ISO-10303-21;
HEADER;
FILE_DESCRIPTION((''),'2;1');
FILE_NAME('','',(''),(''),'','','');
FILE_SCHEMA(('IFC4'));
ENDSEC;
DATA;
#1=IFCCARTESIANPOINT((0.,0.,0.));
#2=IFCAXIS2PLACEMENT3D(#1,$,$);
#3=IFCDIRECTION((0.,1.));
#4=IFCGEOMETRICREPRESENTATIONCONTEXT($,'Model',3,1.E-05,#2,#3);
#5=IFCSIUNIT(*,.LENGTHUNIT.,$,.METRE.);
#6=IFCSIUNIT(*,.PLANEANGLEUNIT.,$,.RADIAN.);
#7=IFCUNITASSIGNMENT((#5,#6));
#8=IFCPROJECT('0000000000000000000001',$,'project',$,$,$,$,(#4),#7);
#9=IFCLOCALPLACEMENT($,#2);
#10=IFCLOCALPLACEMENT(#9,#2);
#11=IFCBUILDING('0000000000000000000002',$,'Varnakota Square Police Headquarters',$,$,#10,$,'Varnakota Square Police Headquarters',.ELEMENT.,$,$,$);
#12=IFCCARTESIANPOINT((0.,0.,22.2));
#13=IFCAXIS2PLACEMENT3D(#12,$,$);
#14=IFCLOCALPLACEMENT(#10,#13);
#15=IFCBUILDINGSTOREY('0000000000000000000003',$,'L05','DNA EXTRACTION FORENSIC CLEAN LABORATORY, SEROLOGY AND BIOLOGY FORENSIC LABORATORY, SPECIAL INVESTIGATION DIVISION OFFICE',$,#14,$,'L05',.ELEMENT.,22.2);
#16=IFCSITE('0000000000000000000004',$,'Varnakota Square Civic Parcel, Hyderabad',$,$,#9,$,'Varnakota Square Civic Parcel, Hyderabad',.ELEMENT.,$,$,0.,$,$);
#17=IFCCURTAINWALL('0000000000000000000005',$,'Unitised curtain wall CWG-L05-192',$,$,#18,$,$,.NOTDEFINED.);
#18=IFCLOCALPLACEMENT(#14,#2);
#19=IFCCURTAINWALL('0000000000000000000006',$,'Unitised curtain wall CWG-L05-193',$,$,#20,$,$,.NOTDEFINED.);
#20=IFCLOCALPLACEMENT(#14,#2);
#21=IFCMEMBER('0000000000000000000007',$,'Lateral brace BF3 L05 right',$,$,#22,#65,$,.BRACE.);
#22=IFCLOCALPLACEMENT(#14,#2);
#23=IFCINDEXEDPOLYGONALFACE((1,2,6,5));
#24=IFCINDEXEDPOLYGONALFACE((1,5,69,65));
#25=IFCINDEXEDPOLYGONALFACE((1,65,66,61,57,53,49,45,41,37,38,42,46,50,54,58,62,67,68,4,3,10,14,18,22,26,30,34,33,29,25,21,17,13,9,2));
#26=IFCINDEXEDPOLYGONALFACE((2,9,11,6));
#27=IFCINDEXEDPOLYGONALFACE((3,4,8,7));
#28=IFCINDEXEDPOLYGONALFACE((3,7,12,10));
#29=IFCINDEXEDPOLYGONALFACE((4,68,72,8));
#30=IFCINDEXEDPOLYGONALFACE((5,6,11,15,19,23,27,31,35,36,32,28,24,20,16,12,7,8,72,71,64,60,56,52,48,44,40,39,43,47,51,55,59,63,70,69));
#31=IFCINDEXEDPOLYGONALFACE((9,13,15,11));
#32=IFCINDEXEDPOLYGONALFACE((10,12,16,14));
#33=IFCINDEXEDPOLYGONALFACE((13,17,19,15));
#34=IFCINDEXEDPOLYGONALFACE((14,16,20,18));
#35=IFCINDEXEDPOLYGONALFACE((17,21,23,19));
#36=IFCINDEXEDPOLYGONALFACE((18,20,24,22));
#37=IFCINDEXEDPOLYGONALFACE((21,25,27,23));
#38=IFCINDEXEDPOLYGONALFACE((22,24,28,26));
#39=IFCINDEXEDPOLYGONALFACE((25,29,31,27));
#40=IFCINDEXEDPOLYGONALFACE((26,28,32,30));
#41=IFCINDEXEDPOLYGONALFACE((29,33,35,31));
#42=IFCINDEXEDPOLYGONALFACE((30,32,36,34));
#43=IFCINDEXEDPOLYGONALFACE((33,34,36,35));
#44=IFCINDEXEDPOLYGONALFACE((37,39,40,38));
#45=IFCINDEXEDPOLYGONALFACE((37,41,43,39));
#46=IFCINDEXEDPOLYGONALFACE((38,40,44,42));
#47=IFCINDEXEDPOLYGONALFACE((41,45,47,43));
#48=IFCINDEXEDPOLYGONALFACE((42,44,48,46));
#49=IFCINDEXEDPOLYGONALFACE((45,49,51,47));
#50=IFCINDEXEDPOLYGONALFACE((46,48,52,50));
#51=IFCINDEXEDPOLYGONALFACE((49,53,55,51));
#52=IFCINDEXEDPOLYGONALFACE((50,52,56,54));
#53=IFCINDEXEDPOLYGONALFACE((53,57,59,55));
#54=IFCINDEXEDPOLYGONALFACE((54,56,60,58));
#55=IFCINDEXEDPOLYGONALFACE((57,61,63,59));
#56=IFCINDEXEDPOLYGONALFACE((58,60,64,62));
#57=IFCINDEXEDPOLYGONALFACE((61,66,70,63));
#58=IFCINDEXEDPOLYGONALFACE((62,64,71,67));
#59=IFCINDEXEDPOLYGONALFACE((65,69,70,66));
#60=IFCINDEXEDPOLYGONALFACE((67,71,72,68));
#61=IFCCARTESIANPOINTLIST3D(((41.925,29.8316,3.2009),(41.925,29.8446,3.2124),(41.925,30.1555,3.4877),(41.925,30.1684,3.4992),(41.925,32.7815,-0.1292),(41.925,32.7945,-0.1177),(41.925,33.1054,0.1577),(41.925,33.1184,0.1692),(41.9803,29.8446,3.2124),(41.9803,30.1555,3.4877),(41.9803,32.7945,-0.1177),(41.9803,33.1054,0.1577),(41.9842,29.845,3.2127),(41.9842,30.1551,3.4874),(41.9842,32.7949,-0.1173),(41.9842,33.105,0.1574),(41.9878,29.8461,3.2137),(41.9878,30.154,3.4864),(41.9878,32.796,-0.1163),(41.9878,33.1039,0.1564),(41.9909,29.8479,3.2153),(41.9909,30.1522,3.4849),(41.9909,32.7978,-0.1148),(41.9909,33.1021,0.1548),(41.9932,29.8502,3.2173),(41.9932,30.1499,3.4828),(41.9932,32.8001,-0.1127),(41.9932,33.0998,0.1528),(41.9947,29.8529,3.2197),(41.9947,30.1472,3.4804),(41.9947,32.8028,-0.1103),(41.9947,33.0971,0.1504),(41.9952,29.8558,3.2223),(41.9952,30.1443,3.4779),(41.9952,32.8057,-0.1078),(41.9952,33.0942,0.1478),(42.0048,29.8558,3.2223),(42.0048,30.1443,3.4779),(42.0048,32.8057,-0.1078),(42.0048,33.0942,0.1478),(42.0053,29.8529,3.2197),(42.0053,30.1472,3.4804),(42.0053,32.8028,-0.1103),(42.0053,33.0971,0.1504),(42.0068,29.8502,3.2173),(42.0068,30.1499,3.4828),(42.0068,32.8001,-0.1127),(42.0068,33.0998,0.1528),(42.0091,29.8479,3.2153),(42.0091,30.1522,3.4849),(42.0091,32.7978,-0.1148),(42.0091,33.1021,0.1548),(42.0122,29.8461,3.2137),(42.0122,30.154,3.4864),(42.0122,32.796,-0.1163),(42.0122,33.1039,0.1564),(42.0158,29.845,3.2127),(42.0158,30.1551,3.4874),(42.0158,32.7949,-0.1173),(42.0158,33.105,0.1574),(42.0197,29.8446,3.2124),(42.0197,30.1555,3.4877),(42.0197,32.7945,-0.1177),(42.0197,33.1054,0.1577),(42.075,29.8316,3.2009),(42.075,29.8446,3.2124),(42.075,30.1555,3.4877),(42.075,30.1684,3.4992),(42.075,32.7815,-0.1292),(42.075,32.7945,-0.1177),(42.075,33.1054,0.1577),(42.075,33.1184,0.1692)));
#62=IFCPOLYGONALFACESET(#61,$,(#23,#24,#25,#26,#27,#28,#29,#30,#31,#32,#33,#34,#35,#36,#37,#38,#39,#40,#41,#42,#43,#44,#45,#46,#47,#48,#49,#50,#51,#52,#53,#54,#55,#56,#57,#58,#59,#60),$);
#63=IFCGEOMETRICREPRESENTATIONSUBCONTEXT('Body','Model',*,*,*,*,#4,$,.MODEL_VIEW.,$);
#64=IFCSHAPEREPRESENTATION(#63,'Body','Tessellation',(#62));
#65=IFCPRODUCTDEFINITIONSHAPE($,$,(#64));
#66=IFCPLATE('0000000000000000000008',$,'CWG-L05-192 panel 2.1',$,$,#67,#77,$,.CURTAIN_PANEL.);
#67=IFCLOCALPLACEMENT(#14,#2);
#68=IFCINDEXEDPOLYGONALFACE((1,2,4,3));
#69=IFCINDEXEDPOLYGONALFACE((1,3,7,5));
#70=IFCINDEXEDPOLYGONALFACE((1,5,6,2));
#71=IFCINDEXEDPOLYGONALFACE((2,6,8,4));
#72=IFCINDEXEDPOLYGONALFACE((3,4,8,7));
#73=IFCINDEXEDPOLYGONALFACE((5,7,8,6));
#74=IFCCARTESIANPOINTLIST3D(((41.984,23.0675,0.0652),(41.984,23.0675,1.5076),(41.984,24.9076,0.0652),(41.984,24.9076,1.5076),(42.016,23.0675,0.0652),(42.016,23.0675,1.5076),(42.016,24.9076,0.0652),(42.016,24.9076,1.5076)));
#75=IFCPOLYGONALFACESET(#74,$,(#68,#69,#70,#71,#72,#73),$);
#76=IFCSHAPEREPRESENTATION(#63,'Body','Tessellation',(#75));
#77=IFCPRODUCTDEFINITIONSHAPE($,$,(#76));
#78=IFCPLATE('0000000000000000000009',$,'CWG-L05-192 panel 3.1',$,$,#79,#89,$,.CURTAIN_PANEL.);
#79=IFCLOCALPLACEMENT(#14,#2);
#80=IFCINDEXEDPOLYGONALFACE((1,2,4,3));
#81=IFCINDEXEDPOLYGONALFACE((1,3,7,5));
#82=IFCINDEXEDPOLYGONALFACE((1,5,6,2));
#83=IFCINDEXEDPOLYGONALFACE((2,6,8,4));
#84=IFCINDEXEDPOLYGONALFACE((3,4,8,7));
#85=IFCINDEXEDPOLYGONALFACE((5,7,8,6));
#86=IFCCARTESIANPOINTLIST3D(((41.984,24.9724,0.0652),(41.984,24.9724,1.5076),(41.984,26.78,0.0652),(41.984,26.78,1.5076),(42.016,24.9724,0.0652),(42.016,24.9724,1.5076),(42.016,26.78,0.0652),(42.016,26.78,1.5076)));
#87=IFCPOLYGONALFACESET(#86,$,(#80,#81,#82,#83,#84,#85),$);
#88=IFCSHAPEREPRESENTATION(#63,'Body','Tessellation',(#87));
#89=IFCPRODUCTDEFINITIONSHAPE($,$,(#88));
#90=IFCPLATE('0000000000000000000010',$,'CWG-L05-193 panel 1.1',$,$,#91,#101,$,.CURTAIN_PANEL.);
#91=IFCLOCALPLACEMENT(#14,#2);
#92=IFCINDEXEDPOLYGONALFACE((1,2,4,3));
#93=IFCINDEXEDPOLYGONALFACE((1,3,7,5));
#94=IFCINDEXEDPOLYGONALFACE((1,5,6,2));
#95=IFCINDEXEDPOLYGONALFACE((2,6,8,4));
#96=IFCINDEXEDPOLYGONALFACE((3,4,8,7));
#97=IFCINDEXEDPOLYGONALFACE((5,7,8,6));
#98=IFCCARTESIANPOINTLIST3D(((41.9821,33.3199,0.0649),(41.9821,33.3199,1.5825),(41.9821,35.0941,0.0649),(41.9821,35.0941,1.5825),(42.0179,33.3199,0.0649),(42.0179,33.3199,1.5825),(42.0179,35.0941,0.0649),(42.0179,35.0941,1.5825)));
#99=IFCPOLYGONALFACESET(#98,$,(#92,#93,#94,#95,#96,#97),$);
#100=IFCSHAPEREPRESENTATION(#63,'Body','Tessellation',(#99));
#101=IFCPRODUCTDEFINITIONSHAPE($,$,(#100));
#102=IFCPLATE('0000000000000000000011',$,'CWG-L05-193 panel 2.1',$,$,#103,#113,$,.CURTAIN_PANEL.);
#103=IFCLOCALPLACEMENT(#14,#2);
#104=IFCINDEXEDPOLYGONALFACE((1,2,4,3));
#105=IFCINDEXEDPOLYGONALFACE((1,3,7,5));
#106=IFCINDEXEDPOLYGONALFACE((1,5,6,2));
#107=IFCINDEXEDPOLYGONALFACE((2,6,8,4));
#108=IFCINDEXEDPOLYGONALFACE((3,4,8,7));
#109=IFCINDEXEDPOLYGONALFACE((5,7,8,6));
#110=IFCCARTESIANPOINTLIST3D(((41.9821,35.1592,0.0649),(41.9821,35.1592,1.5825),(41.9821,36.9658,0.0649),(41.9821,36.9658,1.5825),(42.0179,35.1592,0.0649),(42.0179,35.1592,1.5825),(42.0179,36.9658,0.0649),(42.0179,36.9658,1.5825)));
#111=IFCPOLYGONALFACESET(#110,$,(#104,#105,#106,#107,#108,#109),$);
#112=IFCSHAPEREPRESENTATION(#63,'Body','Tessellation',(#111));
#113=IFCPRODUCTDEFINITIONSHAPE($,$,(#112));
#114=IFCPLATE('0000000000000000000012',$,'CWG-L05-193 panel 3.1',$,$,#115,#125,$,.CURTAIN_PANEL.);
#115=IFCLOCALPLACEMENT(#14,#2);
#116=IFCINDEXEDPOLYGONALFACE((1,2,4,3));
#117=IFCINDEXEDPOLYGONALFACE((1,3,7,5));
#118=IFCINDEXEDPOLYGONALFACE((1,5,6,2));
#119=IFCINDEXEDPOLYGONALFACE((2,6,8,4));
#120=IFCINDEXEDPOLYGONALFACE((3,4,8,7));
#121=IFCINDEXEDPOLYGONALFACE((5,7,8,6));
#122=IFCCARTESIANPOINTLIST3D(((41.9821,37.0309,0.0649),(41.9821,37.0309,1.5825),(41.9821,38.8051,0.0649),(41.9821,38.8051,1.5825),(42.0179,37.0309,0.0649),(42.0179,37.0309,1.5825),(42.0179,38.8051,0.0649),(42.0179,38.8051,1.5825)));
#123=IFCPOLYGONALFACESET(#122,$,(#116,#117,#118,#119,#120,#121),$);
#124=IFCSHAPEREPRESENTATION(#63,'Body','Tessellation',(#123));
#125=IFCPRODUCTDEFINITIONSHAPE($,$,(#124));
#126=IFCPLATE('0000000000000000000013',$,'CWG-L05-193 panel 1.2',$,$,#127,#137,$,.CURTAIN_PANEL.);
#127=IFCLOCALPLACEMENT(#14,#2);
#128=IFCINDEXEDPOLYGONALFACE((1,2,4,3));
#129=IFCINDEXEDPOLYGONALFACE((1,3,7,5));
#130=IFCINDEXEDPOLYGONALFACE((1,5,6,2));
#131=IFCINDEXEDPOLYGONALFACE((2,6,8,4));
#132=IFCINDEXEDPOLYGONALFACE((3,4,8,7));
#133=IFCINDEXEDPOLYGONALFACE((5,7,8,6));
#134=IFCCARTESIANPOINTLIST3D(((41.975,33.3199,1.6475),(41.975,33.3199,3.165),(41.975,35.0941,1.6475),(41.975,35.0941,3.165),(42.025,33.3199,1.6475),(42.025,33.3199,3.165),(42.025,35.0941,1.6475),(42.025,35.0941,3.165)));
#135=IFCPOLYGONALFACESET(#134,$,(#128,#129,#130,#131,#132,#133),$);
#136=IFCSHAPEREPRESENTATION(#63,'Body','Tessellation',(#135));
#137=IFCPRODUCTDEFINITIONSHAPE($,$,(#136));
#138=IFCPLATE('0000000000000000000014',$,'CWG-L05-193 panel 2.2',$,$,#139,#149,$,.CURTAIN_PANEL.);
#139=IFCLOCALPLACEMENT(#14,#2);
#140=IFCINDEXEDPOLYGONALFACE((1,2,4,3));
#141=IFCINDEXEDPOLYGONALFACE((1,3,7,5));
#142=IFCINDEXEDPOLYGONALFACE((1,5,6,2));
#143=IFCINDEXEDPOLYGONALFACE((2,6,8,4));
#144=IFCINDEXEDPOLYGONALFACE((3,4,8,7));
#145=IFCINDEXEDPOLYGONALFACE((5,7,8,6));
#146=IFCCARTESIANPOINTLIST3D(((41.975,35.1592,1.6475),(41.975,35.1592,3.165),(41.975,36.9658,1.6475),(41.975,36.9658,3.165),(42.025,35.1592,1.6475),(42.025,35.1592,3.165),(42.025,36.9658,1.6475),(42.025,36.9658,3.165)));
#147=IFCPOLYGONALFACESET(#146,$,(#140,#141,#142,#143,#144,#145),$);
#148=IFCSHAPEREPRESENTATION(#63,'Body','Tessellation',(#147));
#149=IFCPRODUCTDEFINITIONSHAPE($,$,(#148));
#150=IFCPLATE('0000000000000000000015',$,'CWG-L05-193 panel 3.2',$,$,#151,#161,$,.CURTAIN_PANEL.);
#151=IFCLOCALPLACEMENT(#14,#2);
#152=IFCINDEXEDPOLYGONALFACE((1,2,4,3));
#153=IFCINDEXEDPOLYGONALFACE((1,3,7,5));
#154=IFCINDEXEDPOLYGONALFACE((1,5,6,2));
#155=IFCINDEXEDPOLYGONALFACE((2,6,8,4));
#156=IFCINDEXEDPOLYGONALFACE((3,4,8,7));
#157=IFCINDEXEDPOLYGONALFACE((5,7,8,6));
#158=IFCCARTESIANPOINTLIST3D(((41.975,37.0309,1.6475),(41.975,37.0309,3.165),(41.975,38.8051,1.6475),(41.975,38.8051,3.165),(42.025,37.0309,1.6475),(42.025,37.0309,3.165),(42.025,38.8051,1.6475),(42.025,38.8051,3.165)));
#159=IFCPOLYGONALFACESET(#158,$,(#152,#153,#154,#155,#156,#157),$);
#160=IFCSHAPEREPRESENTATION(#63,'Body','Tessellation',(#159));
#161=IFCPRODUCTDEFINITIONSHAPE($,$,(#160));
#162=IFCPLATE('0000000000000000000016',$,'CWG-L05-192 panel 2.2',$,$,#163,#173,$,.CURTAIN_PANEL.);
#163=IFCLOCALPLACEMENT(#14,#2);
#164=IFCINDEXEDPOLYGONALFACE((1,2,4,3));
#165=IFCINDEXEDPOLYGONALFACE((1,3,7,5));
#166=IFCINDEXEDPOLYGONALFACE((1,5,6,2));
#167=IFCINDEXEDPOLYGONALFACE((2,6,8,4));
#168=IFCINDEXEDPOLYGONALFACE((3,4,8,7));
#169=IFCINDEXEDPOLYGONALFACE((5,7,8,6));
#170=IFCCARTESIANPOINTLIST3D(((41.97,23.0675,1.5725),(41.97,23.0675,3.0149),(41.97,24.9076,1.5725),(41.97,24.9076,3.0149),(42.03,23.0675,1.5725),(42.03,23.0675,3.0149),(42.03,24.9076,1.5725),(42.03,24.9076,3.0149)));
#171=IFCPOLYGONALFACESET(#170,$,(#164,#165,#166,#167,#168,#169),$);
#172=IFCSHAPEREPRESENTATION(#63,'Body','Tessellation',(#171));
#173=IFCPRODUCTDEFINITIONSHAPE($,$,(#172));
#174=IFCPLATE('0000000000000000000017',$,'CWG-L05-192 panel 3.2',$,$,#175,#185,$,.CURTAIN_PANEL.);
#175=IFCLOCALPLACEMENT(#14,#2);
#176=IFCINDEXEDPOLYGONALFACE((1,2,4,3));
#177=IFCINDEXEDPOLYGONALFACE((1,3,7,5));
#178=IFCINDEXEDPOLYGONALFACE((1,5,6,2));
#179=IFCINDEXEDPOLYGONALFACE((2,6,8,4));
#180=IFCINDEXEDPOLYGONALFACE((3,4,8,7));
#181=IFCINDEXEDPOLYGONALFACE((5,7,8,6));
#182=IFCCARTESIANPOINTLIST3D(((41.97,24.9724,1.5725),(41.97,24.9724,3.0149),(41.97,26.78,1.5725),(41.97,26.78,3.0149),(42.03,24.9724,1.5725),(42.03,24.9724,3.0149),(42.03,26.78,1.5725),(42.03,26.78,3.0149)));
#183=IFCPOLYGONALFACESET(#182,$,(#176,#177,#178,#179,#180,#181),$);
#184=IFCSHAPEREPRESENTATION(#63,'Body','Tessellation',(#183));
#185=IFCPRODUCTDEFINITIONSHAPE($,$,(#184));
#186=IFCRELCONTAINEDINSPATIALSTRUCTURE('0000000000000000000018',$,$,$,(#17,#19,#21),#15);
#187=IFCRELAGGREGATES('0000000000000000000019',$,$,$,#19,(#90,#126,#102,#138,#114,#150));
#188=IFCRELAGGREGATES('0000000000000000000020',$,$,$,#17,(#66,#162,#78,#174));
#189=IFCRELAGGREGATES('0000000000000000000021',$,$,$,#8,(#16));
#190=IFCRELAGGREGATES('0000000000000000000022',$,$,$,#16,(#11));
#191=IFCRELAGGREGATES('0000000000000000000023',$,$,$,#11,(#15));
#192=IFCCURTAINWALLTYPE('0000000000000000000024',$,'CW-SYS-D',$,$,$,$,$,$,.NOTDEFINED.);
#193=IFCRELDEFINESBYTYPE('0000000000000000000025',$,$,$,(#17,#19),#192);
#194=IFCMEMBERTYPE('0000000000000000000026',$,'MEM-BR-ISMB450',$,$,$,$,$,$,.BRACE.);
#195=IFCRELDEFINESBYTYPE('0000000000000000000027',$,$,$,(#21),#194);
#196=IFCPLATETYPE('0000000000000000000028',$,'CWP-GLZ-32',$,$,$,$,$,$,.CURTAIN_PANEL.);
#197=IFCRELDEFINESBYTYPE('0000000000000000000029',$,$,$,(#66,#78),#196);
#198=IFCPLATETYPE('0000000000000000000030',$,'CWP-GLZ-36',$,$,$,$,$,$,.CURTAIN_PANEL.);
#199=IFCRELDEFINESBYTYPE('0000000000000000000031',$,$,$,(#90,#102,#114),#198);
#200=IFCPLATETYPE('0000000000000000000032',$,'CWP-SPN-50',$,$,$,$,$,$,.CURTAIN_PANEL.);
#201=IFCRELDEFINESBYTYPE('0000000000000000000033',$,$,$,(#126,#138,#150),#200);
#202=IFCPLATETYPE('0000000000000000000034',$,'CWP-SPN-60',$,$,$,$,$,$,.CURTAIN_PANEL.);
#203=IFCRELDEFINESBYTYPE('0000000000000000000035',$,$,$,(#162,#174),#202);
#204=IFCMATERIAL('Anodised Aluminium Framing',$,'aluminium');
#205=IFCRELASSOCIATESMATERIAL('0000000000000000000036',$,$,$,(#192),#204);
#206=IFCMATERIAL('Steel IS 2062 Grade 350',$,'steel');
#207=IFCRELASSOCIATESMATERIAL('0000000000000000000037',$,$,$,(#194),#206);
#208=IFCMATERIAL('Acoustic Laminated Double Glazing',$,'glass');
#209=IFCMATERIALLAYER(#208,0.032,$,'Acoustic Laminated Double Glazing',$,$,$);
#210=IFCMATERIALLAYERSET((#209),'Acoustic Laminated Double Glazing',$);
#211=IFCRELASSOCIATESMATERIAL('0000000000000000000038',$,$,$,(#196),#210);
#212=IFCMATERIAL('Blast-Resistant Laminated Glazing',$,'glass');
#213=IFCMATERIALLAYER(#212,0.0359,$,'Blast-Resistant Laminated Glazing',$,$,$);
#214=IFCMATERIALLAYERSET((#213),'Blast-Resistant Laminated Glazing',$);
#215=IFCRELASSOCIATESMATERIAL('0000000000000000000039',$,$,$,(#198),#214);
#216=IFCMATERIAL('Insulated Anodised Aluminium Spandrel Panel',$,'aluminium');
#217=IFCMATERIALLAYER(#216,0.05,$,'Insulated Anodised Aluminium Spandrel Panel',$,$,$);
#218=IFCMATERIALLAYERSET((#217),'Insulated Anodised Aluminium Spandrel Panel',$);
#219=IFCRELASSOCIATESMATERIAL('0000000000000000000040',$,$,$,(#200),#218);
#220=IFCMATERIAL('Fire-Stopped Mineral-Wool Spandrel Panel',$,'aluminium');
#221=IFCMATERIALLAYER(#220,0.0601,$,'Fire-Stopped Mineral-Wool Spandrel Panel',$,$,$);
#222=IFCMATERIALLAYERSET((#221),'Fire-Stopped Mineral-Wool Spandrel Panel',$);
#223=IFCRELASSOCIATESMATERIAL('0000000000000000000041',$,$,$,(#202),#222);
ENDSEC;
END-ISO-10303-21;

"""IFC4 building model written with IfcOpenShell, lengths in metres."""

from ifc_helpers import new_model, si_unit, direction, frame, origin, origin_2d, place, context, subcontext, project, spatial, rectangle, i_section, extrude, material, layer, layer_set, material_profile, profile_set, type_object, element, aggregate, save


model = new_model("IFC4")

# Units and contexts
model_context = context("Model", 3, precision=1e-05, world=origin(), true_north=direction((0.0, 1.0)))
body_context = subcontext(model_context, "Body", "Model", "MODEL_VIEW")
ifc_project = project(units=[si_unit("LENGTHUNIT", "METRE"), si_unit("PLANEANGLEUNIT", "RADIAN")], contexts=[model_context])

# Site, building, storey
site_placement = place(None, origin())
site = spatial("IfcSite", under=ifc_project, at=site_placement, Name="Varnakota Square Civic Parcel, Hyderabad", LongName="Varnakota Square Civic Parcel, Hyderabad", CompositionType="ELEMENT", RefElevation=0.0)
building_placement = place(site_placement, origin())
building = spatial("IfcBuilding", under=site, at=building_placement, Name="Varnakota Square Police Headquarters", LongName="Varnakota Square Police Headquarters", CompositionType="ELEMENT")
storey_placement = place(building_placement, frame((0.0, 0.0, 22.2)))
storey = spatial("IfcBuildingStorey", under=building, at=storey_placement, Name="L05", Description="DNA EXTRACTION FORENSIC CLEAN LABORATORY, SEROLOGY AND BIOLOGY FORENSIC LABORATORY, SPECIAL INVESTIGATION DIVISION OFFICE", LongName="L05", CompositionType="ELEMENT", Elevation=22.2)

# Shared definitions
ifc_material_1 = material(Name="Steel IS 2062 Grade 350", Category="steel")

# Curtain walls
ifc_material_2 = material(Name="Anodised Aluminium Framing", Category="aluminium")
curtain_wall_type = type_object("IfcCurtainWallType", Name="CW-SYS-D", PredefinedType="NOTDEFINED", material=ifc_material_2)
curtain_wall_1_placement = place(storey_placement, origin())
curtain_wall_1 = element("IfcCurtainWall", 1, at=curtain_wall_1_placement, inside=storey, type_object=curtain_wall_type, Name="Unitised curtain wall CWG-L05-192", PredefinedType="NOTDEFINED")
curtain_wall_2_placement = place(storey_placement, origin())
curtain_wall_2 = element("IfcCurtainWall", 2, at=curtain_wall_2_placement, inside=storey, type_object=curtain_wall_type, Name="Unitised curtain wall CWG-L05-193", PredefinedType="NOTDEFINED")

# Member
ifc_material_profile_1 = material_profile(ifc_material_1, i_section(OverallWidth=0.1499, OverallDepth=0.45, WebThickness=0.0095, FlangeThickness=0.0173, FilletRadius=0.0149, at=origin_2d()), Name="ISMB 450")
ifc_profile_set_1 = profile_set([ifc_material_profile_1], Name="Steel IS 2062 Grade 350")
member_type_1 = type_object("IfcMemberType", Name="MEM-BR-ISMB450", PredefinedType="BRACE", material=ifc_profile_set_1)
for number, where, z_axis, x_axis, name in (
    (3, (42.0, 32.95, 0.02), (0.0, -0.663092, 0.748538), (1.0, 0.0, 0.0), "Lateral brace BF3 L05 right"),
):
    element("IfcMember", number, at=place(storey_placement, frame(where, z_axis=z_axis, x_axis=x_axis)), inside=storey, type_object=member_type_1, Name=name, PredefinedType="BRACE", context=body_context, shape_type="SweptSolid", body=[
        extrude(i_section(OverallWidth=0.1499, OverallDepth=0.45, WebThickness=0.0095, FlangeThickness=0.0173, FilletRadius=0.0149, at=origin_2d()), origin(), (0.0, 0.0, 1.0), 4.4487),
    ])

# Plates
ifc_material_3 = material(Name="Acoustic Laminated Double Glazing", Category="glass")
ifc_layer_1 = layer(ifc_material_3, 0.032, Name="Acoustic Laminated Double Glazing")
ifc_layer_set_1 = layer_set([ifc_layer_1], Name="Acoustic Laminated Double Glazing")
plate_type_1 = type_object("IfcPlateType", Name="CWP-GLZ-32", PredefinedType="CURTAIN_PANEL", material=ifc_layer_set_1)
plate_1_placement = place(storey_placement, frame((42.0, 23.9875, 0.0652), z_axis=(0.0, 0.0, 1.0), x_axis=(0.0, 1.0, 0.0)))
plate_1 = element("IfcPlate", 4, at=plate_1_placement, type_object=plate_type_1, Name="CWG-L05-192 panel 2.1", PredefinedType="CURTAIN_PANEL", context=body_context, shape_type="SweptSolid", body=[
    extrude(rectangle(XDim=1.8401, YDim=0.032, at=origin_2d()), origin(), (0.0, 0.0, 1.0), 1.4424),
])
plate_2_placement = place(storey_placement, frame((42.0, 25.8762, 0.0652), z_axis=(0.0, 0.0, 1.0), x_axis=(0.0, 1.0, 0.0)))
plate_2 = element("IfcPlate", 5, at=plate_2_placement, type_object=plate_type_1, Name="CWG-L05-192 panel 3.1", PredefinedType="CURTAIN_PANEL", context=body_context, shape_type="SweptSolid", body=[
    extrude(rectangle(XDim=1.8076, YDim=0.032, at=origin_2d()), origin(), (0.0, 0.0, 1.0), 1.4424),
])
ifc_material_4 = material(Name="Blast-Resistant Laminated Glazing", Category="glass")
ifc_layer_2 = layer(ifc_material_4, 0.0359, Name="Blast-Resistant Laminated Glazing")
ifc_layer_set_2 = layer_set([ifc_layer_2], Name="Blast-Resistant Laminated Glazing")
plate_type_2 = type_object("IfcPlateType", Name="CWP-GLZ-36", PredefinedType="CURTAIN_PANEL", material=ifc_layer_set_2)
plate_3_placement = place(storey_placement, frame((42.0, 34.207, 0.0649), z_axis=(0.0, 0.0, 1.0), x_axis=(0.0, 1.0, 0.0)))
plate_3 = element("IfcPlate", 6, at=plate_3_placement, type_object=plate_type_2, Name="CWG-L05-193 panel 1.1", PredefinedType="CURTAIN_PANEL", context=body_context, shape_type="SweptSolid", body=[
    extrude(rectangle(XDim=1.7742, YDim=0.0359, at=origin_2d()), origin(), (0.0, 0.0, 1.0), 1.5176),
])
plate_4_placement = place(storey_placement, frame((42.0, 36.0625, 0.0649), z_axis=(0.0, 0.0, 1.0), x_axis=(0.0, 1.0, 0.0)))
plate_4 = element("IfcPlate", 7, at=plate_4_placement, type_object=plate_type_2, Name="CWG-L05-193 panel 2.1", PredefinedType="CURTAIN_PANEL", context=body_context, shape_type="SweptSolid", body=[
    extrude(rectangle(XDim=1.8066, YDim=0.0359, at=origin_2d()), origin(), (0.0, 0.0, 1.0), 1.5176),
])
plate_5_placement = place(storey_placement, frame((42.0, 37.918, 0.0649), z_axis=(0.0, 0.0, 1.0), x_axis=(0.0, 1.0, 0.0)))
plate_5 = element("IfcPlate", 8, at=plate_5_placement, type_object=plate_type_2, Name="CWG-L05-193 panel 3.1", PredefinedType="CURTAIN_PANEL", context=body_context, shape_type="SweptSolid", body=[
    extrude(rectangle(XDim=1.7742, YDim=0.0359, at=origin_2d()), origin(), (0.0, 0.0, 1.0), 1.5176),
])
ifc_material_5 = material(Name="Insulated Anodised Aluminium Spandrel Panel", Category="aluminium")
ifc_layer_3 = layer(ifc_material_5, 0.05, Name="Insulated Anodised Aluminium Spandrel Panel")
ifc_layer_set_3 = layer_set([ifc_layer_3], Name="Insulated Anodised Aluminium Spandrel Panel")
plate_type_3 = type_object("IfcPlateType", Name="CWP-SPN-50", PredefinedType="CURTAIN_PANEL", material=ifc_layer_set_3)
plate_6_placement = place(storey_placement, frame((42.0, 34.207, 1.6475), z_axis=(0.0, 0.0, 1.0), x_axis=(0.0, 1.0, 0.0)))
plate_6 = element("IfcPlate", 9, at=plate_6_placement, type_object=plate_type_3, Name="CWG-L05-193 panel 1.2", PredefinedType="CURTAIN_PANEL", context=body_context, shape_type="SweptSolid", body=[
    extrude(rectangle(XDim=1.7742, YDim=0.05, at=origin_2d()), origin(), (0.0, 0.0, 1.0), 1.5176),
])
plate_7_placement = place(storey_placement, frame((42.0, 36.0625, 1.6475), z_axis=(0.0, 0.0, 1.0), x_axis=(0.0, 1.0, 0.0)))
plate_7 = element("IfcPlate", 10, at=plate_7_placement, type_object=plate_type_3, Name="CWG-L05-193 panel 2.2", PredefinedType="CURTAIN_PANEL", context=body_context, shape_type="SweptSolid", body=[
    extrude(rectangle(XDim=1.8066, YDim=0.05, at=origin_2d()), origin(), (0.0, 0.0, 1.0), 1.5176),
])
plate_8_placement = place(storey_placement, frame((42.0, 37.918, 1.6475), z_axis=(0.0, 0.0, 1.0), x_axis=(0.0, 1.0, 0.0)))
plate_8 = element("IfcPlate", 11, at=plate_8_placement, type_object=plate_type_3, Name="CWG-L05-193 panel 3.2", PredefinedType="CURTAIN_PANEL", context=body_context, shape_type="SweptSolid", body=[
    extrude(rectangle(XDim=1.7742, YDim=0.05, at=origin_2d()), origin(), (0.0, 0.0, 1.0), 1.5176),
])
aggregate(curtain_wall_2, [plate_3, plate_6, plate_4, plate_7, plate_5, plate_8])
ifc_material_6 = material(Name="Fire-Stopped Mineral-Wool Spandrel Panel", Category="aluminium")
ifc_layer_4 = layer(ifc_material_6, 0.0601, Name="Fire-Stopped Mineral-Wool Spandrel Panel")
ifc_layer_set_4 = layer_set([ifc_layer_4], Name="Fire-Stopped Mineral-Wool Spandrel Panel")
plate_type_4 = type_object("IfcPlateType", Name="CWP-SPN-60", PredefinedType="CURTAIN_PANEL", material=ifc_layer_set_4)
plate_9_placement = place(storey_placement, frame((42.0, 23.9875, 1.5725), z_axis=(0.0, 0.0, 1.0), x_axis=(0.0, 1.0, 0.0)))
plate_9 = element("IfcPlate", 12, at=plate_9_placement, type_object=plate_type_4, Name="CWG-L05-192 panel 2.2", PredefinedType="CURTAIN_PANEL", context=body_context, shape_type="SweptSolid", body=[
    extrude(rectangle(XDim=1.8401, YDim=0.0601, at=origin_2d()), origin(), (0.0, 0.0, 1.0), 1.4424),
])
plate_10_placement = place(storey_placement, frame((42.0, 25.8762, 1.5725), z_axis=(0.0, 0.0, 1.0), x_axis=(0.0, 1.0, 0.0)))
plate_10 = element("IfcPlate", 13, at=plate_10_placement, type_object=plate_type_4, Name="CWG-L05-192 panel 3.2", PredefinedType="CURTAIN_PANEL", context=body_context, shape_type="SweptSolid", body=[
    extrude(rectangle(XDim=1.8076, YDim=0.0601, at=origin_2d()), origin(), (0.0, 0.0, 1.0), 1.4424),
])
aggregate(curtain_wall_1, [plate_1, plate_9, plate_2, plate_10])

save(model, "model.ifc")
